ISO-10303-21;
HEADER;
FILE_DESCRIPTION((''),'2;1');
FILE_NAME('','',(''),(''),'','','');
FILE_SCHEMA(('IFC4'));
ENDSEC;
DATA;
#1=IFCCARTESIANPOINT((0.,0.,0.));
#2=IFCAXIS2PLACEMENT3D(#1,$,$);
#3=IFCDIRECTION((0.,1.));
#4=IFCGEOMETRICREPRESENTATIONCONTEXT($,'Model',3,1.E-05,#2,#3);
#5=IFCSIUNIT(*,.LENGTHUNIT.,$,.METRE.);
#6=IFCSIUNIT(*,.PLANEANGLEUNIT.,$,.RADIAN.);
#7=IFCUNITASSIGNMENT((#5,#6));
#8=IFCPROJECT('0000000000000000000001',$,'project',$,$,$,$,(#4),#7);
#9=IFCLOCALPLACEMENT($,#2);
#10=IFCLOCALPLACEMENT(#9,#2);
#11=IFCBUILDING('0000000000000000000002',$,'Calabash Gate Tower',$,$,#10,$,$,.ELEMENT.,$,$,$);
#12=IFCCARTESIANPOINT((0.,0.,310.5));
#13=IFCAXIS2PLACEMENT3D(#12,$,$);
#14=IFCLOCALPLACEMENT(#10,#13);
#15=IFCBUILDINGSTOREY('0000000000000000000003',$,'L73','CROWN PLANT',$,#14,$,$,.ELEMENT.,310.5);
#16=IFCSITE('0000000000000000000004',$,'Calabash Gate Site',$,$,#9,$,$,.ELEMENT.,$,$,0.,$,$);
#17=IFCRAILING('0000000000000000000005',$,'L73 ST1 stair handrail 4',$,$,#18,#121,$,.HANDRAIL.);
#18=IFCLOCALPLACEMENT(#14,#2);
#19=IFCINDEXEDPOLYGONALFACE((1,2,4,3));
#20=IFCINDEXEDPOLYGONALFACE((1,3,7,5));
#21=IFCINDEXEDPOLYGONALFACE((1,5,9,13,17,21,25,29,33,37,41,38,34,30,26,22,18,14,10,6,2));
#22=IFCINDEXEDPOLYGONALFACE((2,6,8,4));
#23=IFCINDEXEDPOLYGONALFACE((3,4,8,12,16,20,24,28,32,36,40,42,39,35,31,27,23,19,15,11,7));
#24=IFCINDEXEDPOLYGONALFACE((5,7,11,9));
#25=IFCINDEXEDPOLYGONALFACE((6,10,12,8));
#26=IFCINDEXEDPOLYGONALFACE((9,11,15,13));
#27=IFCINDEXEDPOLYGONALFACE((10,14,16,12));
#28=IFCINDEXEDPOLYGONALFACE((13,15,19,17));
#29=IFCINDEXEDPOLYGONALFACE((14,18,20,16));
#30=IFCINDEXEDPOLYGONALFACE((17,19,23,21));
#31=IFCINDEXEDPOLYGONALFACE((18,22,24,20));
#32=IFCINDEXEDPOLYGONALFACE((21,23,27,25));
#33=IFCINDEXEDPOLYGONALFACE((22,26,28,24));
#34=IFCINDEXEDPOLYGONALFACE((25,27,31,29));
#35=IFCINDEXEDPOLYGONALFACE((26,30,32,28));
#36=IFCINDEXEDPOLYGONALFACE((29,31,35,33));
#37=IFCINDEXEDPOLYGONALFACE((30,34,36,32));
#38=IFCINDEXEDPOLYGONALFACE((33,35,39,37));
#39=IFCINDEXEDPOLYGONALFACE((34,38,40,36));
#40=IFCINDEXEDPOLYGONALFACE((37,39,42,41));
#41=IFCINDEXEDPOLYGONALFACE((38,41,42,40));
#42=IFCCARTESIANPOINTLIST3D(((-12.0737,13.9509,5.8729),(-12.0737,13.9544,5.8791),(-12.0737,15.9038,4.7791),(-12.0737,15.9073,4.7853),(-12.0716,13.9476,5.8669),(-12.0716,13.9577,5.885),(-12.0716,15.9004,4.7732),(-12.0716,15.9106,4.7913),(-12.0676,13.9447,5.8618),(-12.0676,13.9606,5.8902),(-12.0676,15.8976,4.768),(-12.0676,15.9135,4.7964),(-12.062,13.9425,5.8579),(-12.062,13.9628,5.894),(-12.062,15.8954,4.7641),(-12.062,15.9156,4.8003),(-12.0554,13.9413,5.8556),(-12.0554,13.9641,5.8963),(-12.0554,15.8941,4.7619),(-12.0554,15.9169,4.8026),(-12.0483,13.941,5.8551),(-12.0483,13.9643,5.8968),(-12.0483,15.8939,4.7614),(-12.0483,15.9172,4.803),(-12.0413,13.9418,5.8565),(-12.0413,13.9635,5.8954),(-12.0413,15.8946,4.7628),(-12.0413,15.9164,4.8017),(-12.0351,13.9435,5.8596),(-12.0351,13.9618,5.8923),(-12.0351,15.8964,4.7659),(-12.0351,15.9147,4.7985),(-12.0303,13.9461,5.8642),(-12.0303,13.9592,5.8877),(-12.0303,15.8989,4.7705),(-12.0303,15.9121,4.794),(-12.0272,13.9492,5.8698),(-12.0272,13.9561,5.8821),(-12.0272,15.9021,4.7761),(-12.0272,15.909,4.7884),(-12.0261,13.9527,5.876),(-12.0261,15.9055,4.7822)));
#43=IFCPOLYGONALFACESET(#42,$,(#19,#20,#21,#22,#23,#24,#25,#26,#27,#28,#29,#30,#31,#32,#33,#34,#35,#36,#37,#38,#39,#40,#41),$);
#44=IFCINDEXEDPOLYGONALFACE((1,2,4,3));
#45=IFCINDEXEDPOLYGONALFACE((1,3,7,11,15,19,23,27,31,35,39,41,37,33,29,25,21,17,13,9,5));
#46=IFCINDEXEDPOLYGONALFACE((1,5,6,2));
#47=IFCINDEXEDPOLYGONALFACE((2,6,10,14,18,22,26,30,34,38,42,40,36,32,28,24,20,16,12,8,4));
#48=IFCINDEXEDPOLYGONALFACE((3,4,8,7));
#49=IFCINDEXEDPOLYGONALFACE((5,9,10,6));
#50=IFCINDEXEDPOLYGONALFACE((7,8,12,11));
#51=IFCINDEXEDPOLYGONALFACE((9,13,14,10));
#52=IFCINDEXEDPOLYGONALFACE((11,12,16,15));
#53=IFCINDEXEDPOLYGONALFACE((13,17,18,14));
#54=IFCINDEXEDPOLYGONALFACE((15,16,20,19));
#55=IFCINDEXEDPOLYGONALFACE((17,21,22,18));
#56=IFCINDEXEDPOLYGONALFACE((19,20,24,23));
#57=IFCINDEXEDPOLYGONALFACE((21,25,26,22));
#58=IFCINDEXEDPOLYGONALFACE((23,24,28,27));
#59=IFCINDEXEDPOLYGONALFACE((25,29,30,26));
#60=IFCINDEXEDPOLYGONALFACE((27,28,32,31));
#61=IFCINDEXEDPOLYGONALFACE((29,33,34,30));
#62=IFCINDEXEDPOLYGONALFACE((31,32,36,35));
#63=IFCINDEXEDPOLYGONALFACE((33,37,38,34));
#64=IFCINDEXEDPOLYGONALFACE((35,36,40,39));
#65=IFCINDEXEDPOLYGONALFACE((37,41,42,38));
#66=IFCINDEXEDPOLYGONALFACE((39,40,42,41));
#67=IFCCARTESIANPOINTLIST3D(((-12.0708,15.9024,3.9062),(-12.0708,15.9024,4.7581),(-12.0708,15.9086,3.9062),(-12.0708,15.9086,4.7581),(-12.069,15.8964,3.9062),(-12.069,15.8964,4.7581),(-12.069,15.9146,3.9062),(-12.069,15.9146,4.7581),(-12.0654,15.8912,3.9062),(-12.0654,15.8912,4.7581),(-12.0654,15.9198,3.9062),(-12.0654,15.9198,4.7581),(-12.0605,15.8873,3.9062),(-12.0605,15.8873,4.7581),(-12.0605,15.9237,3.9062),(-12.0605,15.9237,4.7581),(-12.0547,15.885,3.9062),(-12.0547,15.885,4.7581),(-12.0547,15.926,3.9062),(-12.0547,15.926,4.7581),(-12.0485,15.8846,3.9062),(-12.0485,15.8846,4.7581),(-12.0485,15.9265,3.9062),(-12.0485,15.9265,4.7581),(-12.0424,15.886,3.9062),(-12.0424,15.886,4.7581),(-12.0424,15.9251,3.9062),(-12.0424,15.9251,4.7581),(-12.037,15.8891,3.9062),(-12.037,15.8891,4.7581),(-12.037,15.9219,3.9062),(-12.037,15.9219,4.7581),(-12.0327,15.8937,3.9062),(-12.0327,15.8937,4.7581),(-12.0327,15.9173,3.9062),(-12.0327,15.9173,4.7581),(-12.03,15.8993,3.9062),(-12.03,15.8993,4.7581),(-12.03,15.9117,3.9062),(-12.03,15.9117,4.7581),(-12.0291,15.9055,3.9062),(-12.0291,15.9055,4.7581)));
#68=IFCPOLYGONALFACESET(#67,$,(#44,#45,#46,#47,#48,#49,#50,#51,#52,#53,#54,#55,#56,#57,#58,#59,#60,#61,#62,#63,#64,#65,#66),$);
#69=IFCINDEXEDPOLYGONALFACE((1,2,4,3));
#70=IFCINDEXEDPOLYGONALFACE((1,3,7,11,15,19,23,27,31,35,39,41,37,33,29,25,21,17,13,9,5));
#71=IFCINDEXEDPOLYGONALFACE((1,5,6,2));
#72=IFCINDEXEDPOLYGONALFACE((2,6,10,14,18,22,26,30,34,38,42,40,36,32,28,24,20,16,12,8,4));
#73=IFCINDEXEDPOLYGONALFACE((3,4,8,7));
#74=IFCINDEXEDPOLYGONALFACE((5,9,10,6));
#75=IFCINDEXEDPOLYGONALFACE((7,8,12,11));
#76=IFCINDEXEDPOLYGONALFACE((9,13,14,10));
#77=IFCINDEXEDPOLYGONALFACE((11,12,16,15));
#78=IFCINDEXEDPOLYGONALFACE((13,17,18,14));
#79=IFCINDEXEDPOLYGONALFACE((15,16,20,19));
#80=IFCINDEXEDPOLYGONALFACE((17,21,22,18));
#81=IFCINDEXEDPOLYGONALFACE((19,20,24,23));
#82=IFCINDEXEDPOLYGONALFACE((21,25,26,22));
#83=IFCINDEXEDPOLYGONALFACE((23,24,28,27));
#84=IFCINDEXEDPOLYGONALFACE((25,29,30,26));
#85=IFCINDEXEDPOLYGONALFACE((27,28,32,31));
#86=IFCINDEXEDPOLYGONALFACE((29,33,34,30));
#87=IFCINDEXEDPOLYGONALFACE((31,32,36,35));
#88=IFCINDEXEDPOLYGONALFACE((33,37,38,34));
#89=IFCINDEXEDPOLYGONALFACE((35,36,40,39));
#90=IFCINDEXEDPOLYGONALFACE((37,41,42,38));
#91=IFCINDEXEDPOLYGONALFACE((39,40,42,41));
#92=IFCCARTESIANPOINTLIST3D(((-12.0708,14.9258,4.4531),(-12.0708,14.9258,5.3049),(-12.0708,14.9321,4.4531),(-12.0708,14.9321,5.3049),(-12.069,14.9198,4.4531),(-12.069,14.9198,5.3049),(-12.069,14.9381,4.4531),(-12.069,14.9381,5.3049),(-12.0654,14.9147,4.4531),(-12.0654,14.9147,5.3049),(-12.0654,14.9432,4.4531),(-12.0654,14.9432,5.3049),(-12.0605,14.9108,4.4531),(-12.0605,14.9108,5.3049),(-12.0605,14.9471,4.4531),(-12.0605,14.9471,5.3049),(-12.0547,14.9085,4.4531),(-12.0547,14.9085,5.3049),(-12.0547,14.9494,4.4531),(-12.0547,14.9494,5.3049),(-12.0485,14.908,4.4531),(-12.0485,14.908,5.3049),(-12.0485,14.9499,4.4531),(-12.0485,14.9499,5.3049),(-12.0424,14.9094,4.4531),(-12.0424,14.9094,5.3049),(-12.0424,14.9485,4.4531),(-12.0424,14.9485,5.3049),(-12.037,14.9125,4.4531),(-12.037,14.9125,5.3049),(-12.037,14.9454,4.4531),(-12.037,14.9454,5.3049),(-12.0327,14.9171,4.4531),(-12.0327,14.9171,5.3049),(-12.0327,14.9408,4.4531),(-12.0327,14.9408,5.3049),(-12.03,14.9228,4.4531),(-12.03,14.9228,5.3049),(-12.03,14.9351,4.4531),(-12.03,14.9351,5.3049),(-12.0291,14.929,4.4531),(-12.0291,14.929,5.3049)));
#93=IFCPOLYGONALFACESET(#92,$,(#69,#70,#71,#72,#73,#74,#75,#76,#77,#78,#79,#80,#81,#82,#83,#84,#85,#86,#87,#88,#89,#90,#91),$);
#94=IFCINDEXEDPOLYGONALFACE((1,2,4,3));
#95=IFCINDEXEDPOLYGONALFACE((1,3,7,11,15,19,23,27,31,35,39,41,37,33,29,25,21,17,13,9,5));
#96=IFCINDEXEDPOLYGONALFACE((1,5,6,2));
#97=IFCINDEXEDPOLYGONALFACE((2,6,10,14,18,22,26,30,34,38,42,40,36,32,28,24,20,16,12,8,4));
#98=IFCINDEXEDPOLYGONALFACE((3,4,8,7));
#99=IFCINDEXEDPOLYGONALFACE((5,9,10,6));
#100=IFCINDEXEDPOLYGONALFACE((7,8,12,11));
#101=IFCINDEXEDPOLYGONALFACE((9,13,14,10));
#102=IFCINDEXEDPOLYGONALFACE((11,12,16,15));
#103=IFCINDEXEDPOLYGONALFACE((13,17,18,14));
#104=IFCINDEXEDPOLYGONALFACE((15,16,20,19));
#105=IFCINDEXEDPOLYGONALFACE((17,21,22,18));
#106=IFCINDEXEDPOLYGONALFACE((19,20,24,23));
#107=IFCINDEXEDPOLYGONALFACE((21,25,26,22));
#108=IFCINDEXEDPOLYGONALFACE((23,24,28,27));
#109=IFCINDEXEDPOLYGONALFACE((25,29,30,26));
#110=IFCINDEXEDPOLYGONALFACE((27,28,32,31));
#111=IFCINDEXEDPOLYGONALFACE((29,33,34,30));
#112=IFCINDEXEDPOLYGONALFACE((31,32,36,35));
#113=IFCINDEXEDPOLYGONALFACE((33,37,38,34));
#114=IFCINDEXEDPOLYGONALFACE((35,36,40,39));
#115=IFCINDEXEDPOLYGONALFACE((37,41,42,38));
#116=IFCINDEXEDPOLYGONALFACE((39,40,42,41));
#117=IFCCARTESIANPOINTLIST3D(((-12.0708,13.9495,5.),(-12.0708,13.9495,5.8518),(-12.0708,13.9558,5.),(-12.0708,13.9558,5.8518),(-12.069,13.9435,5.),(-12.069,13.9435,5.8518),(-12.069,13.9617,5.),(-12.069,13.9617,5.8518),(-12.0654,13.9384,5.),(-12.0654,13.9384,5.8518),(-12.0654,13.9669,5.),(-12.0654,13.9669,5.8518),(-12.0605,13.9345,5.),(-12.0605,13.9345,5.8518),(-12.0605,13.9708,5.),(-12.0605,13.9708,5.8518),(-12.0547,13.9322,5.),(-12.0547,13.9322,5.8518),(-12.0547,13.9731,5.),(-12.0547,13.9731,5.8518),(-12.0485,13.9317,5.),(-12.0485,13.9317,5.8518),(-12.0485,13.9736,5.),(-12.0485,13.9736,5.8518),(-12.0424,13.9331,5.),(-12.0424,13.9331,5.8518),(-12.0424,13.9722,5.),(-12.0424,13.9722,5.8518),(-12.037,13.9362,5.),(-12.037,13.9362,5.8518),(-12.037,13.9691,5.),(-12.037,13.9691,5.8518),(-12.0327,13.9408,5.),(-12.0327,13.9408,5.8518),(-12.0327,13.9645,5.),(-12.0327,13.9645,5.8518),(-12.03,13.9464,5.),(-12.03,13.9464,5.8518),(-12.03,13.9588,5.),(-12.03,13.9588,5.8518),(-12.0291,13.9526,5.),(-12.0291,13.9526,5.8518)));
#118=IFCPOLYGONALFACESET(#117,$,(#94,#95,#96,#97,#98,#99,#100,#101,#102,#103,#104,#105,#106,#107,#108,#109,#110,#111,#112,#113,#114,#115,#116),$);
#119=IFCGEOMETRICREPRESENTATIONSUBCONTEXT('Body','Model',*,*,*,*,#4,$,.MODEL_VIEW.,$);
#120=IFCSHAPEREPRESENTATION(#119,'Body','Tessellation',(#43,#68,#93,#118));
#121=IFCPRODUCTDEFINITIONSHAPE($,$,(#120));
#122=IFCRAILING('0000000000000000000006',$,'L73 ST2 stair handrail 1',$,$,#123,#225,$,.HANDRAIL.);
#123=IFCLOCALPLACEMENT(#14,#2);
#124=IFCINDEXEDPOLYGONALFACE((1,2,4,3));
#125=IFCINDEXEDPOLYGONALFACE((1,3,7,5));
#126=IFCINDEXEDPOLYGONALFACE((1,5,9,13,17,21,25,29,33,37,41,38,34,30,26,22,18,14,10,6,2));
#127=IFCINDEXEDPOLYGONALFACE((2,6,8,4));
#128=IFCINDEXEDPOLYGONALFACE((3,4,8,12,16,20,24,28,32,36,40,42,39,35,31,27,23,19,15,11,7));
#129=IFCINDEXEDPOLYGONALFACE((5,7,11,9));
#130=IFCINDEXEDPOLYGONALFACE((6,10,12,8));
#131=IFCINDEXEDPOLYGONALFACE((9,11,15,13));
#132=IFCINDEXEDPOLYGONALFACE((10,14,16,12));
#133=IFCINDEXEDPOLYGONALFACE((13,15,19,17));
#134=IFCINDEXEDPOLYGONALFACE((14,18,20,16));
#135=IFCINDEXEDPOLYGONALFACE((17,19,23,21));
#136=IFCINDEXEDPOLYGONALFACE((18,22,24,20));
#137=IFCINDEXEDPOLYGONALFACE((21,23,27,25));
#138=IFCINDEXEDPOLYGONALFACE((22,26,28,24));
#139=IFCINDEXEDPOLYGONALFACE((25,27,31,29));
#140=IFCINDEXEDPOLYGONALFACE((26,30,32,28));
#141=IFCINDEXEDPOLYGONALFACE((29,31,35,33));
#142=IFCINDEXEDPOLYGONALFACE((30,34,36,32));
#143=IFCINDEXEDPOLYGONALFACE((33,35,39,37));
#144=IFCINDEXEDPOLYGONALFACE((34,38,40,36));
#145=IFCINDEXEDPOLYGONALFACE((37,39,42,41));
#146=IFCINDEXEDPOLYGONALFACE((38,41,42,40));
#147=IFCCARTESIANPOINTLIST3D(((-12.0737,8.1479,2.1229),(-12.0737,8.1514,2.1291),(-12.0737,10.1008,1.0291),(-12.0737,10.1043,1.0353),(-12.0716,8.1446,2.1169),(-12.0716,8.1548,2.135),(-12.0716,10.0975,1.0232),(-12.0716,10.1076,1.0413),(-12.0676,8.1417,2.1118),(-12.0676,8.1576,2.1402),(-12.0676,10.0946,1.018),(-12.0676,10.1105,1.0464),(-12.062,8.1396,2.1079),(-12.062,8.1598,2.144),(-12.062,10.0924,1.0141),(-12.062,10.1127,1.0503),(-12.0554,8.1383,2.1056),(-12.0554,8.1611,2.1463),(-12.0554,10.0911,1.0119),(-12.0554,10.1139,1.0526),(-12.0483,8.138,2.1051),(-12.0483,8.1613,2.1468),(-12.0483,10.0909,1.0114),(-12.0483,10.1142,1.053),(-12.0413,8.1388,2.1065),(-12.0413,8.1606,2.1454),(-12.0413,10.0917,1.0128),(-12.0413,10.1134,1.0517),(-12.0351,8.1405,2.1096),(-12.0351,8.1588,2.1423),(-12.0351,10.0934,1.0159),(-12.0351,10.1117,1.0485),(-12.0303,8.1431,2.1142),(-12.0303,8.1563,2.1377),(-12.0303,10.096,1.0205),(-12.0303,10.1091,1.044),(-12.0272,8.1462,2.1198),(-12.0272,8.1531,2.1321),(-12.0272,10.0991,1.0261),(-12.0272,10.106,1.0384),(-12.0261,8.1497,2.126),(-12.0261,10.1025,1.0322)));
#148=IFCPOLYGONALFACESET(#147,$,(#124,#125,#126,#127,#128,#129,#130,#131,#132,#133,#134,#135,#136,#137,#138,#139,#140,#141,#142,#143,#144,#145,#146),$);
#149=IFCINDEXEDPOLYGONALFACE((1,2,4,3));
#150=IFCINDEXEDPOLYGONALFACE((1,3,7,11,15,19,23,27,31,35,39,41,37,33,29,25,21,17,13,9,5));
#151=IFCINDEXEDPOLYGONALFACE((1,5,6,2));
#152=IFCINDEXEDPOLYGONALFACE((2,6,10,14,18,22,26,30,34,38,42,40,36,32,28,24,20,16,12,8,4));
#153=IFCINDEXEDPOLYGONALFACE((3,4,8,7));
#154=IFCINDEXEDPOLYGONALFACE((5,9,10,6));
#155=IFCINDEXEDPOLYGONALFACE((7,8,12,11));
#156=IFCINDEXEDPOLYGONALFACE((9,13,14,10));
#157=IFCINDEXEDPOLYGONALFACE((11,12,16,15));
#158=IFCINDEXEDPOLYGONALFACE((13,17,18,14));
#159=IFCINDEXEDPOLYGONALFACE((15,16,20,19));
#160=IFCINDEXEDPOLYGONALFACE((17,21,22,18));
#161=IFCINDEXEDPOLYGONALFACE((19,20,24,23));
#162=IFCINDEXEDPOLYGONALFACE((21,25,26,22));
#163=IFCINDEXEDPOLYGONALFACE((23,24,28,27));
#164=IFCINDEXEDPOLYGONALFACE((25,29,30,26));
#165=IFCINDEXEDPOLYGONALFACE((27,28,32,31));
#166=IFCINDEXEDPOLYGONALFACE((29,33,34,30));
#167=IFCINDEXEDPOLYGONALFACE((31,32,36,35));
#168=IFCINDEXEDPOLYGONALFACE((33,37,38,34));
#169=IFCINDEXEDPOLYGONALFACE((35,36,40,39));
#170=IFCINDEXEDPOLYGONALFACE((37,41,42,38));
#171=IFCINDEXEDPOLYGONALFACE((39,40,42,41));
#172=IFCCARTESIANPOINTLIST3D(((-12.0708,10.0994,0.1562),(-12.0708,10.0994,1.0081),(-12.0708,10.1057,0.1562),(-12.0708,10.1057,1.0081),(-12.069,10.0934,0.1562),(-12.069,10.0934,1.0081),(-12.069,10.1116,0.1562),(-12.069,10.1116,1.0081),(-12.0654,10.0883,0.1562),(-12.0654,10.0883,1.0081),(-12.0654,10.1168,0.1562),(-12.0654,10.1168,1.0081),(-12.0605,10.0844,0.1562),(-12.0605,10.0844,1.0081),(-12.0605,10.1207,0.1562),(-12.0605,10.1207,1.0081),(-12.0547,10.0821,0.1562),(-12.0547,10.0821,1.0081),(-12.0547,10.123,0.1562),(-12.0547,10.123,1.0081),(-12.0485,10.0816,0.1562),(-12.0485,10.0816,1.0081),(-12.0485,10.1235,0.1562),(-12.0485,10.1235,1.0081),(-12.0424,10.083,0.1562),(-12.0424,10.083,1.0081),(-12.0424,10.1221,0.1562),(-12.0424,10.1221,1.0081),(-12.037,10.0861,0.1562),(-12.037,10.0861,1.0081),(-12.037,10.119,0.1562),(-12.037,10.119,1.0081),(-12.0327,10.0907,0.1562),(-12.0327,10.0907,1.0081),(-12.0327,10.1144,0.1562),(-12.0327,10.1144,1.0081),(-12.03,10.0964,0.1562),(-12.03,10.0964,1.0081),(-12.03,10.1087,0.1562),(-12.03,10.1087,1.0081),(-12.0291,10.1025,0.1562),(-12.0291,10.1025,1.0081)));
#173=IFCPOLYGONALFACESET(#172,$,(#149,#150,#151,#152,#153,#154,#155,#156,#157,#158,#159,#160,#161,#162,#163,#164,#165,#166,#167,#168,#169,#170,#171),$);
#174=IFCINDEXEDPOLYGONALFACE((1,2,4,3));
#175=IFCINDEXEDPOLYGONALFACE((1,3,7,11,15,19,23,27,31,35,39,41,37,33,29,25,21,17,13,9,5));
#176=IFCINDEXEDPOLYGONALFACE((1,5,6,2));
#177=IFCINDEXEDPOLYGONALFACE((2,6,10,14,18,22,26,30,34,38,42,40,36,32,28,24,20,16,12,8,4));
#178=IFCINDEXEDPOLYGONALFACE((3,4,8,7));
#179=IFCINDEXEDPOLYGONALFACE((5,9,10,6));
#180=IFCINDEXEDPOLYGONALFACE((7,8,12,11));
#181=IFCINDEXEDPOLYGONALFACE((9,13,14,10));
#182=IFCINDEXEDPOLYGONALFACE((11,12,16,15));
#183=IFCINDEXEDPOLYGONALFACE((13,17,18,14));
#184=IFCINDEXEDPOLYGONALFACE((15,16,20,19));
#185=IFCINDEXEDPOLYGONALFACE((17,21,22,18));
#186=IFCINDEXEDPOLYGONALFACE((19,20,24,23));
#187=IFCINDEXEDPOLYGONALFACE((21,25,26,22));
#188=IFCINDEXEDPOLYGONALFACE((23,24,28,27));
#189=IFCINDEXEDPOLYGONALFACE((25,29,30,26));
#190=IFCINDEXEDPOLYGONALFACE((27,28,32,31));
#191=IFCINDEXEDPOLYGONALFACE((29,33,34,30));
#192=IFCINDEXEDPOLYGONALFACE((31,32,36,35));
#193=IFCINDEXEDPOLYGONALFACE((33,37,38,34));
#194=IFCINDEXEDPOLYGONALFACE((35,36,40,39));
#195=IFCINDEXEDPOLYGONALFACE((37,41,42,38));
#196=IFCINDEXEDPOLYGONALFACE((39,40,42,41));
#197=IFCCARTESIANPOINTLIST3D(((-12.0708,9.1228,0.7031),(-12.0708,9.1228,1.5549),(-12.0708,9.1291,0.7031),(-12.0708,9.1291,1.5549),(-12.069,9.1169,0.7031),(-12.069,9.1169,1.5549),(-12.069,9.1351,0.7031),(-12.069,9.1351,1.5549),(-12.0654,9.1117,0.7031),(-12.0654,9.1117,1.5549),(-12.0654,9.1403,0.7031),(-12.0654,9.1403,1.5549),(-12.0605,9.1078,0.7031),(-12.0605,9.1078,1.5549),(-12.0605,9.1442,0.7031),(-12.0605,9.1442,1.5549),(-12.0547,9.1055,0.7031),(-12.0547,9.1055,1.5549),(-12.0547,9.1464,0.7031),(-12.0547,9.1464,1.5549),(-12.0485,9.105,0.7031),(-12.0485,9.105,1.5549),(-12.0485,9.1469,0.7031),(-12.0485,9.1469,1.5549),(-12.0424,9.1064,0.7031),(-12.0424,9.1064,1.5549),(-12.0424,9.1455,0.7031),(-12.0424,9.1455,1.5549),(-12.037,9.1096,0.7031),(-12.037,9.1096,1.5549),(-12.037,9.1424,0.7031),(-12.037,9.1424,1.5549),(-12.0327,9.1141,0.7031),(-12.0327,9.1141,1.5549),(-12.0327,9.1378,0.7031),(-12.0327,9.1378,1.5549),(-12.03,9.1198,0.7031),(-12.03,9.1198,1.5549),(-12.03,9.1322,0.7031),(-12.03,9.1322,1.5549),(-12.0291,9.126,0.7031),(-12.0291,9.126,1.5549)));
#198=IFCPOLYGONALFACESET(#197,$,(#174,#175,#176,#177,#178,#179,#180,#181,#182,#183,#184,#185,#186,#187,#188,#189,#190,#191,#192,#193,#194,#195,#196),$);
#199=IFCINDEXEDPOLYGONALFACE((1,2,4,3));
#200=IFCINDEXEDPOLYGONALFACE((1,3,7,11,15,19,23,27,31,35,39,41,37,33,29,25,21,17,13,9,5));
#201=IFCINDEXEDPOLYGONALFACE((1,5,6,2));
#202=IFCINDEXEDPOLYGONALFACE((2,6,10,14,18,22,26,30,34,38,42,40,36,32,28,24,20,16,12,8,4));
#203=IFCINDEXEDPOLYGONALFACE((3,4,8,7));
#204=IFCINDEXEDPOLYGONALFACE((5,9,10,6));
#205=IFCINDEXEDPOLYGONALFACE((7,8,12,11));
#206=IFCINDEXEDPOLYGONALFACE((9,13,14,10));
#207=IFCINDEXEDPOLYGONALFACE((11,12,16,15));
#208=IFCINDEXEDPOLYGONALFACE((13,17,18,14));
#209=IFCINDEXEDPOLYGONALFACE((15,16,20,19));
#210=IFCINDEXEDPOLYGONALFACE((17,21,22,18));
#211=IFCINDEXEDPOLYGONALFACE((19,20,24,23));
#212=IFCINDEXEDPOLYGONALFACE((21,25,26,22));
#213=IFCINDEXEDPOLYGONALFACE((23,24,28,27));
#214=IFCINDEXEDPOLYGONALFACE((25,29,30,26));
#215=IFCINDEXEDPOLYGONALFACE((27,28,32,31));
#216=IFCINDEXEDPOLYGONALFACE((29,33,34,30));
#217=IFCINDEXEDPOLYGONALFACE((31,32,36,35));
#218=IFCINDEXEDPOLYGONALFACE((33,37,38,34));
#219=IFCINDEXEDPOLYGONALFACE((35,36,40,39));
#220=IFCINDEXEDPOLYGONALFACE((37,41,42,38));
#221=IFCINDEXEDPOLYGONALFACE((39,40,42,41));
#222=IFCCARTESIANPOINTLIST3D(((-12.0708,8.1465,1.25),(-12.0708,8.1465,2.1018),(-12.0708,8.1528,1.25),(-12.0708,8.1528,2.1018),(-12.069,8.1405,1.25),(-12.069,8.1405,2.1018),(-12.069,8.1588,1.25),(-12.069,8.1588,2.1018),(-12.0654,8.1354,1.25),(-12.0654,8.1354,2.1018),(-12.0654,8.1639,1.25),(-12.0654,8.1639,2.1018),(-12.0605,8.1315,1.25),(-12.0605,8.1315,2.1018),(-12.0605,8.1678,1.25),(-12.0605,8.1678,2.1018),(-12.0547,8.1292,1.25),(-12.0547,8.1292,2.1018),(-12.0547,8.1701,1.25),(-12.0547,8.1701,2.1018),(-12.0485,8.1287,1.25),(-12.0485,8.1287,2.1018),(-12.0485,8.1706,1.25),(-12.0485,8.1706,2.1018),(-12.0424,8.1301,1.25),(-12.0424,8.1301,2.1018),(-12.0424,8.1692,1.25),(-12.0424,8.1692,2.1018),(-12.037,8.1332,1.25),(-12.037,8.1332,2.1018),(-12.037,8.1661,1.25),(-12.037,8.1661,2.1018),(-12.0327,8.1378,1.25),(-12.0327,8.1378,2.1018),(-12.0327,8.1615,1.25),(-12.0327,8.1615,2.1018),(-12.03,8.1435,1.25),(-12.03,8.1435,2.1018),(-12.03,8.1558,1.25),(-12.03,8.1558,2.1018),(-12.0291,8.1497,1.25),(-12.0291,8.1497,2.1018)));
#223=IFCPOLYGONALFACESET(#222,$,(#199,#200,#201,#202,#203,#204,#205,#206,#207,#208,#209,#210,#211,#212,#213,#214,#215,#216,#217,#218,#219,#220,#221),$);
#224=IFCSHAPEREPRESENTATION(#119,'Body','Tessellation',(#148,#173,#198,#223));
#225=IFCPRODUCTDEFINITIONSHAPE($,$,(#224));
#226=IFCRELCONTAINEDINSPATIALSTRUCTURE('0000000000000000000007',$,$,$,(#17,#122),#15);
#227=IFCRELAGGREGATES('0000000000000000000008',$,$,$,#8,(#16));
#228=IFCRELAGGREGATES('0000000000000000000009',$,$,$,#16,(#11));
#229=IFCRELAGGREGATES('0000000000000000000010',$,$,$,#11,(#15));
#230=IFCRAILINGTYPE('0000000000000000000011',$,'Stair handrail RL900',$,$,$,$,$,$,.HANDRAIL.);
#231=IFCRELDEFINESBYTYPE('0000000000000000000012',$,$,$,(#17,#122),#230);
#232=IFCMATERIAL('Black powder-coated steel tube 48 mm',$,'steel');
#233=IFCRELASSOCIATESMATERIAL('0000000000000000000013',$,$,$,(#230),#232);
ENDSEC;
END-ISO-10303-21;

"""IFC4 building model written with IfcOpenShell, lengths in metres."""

from ifc_helpers import new_model, si_unit, direction, frame, origin, origin_2d, place, context, subcontext, project, spatial, circle, extrude, material, type_object, element, save


model = new_model("IFC4")

# Units and contexts
model_context = context("Model", 3, precision=1e-05, world=origin(), true_north=direction((0.0, 1.0)))
body_context = subcontext(model_context, "Body", "Model", "MODEL_VIEW")
ifc_project = project(units=[si_unit("LENGTHUNIT", "METRE"), si_unit("PLANEANGLEUNIT", "RADIAN")], contexts=[model_context])

# Site, building, storey
site_placement = place(None, origin())
site = spatial("IfcSite", under=ifc_project, at=site_placement, Name="Calabash Gate Site", CompositionType="ELEMENT", RefElevation=0.0)
building_placement = place(site_placement, origin())
building = spatial("IfcBuilding", under=site, at=building_placement, Name="Calabash Gate Tower", CompositionType="ELEMENT")
storey_placement = place(building_placement, frame((0.0, 0.0, 310.5)))
storey = spatial("IfcBuildingStorey", under=building, at=storey_placement, Name="L73", Description="CROWN PLANT", CompositionType="ELEMENT", Elevation=310.5)

# Railings
ifc_material_1 = material(Name="Black powder-coated steel tube 48 mm", Category="steel")
railing_type_1 = type_object("IfcRailingType", Name="Stair handrail RL900", PredefinedType="HANDRAIL", material=ifc_material_1)
for number, where, name in (
    (1, (-12.05, 15.9055, 3.9062), "L73 ST1 stair handrail 4"),
    (2, (-12.05, 10.1025, 0.1562), "L73 ST2 stair handrail 1"),
):
    element("IfcRailing", number, at=place(storey_placement, frame(where)), inside=storey, type_object=railing_type_1, Name=name, PredefinedType="HANDRAIL", context=body_context, shape_type="SweptSolid", body=[
        extrude(circle(Radius=0.0239, at=origin_2d()), frame((0.0, 0.0, 0.876), z_axis=(0.0, -0.87248, 0.48865), x_axis=(1.0, 0.0, 0.0)), (0.0, 0.0, 1.0), 2.2383),
        extrude(circle(Radius=0.021, at=origin_2d()), origin(), (0.0, 0.0, 1.0), 0.8518),
        extrude(circle(Radius=0.021, at=origin_2d()), frame((0.0, -0.9766, 0.5469)), (0.0, 0.0, 1.0), 0.8518),
        extrude(circle(Radius=0.021, at=origin_2d()), frame((0.0, -1.9529, 1.0938)), (0.0, 0.0, 1.0), 0.8518),
    ])

save(model, "model.ifc")
